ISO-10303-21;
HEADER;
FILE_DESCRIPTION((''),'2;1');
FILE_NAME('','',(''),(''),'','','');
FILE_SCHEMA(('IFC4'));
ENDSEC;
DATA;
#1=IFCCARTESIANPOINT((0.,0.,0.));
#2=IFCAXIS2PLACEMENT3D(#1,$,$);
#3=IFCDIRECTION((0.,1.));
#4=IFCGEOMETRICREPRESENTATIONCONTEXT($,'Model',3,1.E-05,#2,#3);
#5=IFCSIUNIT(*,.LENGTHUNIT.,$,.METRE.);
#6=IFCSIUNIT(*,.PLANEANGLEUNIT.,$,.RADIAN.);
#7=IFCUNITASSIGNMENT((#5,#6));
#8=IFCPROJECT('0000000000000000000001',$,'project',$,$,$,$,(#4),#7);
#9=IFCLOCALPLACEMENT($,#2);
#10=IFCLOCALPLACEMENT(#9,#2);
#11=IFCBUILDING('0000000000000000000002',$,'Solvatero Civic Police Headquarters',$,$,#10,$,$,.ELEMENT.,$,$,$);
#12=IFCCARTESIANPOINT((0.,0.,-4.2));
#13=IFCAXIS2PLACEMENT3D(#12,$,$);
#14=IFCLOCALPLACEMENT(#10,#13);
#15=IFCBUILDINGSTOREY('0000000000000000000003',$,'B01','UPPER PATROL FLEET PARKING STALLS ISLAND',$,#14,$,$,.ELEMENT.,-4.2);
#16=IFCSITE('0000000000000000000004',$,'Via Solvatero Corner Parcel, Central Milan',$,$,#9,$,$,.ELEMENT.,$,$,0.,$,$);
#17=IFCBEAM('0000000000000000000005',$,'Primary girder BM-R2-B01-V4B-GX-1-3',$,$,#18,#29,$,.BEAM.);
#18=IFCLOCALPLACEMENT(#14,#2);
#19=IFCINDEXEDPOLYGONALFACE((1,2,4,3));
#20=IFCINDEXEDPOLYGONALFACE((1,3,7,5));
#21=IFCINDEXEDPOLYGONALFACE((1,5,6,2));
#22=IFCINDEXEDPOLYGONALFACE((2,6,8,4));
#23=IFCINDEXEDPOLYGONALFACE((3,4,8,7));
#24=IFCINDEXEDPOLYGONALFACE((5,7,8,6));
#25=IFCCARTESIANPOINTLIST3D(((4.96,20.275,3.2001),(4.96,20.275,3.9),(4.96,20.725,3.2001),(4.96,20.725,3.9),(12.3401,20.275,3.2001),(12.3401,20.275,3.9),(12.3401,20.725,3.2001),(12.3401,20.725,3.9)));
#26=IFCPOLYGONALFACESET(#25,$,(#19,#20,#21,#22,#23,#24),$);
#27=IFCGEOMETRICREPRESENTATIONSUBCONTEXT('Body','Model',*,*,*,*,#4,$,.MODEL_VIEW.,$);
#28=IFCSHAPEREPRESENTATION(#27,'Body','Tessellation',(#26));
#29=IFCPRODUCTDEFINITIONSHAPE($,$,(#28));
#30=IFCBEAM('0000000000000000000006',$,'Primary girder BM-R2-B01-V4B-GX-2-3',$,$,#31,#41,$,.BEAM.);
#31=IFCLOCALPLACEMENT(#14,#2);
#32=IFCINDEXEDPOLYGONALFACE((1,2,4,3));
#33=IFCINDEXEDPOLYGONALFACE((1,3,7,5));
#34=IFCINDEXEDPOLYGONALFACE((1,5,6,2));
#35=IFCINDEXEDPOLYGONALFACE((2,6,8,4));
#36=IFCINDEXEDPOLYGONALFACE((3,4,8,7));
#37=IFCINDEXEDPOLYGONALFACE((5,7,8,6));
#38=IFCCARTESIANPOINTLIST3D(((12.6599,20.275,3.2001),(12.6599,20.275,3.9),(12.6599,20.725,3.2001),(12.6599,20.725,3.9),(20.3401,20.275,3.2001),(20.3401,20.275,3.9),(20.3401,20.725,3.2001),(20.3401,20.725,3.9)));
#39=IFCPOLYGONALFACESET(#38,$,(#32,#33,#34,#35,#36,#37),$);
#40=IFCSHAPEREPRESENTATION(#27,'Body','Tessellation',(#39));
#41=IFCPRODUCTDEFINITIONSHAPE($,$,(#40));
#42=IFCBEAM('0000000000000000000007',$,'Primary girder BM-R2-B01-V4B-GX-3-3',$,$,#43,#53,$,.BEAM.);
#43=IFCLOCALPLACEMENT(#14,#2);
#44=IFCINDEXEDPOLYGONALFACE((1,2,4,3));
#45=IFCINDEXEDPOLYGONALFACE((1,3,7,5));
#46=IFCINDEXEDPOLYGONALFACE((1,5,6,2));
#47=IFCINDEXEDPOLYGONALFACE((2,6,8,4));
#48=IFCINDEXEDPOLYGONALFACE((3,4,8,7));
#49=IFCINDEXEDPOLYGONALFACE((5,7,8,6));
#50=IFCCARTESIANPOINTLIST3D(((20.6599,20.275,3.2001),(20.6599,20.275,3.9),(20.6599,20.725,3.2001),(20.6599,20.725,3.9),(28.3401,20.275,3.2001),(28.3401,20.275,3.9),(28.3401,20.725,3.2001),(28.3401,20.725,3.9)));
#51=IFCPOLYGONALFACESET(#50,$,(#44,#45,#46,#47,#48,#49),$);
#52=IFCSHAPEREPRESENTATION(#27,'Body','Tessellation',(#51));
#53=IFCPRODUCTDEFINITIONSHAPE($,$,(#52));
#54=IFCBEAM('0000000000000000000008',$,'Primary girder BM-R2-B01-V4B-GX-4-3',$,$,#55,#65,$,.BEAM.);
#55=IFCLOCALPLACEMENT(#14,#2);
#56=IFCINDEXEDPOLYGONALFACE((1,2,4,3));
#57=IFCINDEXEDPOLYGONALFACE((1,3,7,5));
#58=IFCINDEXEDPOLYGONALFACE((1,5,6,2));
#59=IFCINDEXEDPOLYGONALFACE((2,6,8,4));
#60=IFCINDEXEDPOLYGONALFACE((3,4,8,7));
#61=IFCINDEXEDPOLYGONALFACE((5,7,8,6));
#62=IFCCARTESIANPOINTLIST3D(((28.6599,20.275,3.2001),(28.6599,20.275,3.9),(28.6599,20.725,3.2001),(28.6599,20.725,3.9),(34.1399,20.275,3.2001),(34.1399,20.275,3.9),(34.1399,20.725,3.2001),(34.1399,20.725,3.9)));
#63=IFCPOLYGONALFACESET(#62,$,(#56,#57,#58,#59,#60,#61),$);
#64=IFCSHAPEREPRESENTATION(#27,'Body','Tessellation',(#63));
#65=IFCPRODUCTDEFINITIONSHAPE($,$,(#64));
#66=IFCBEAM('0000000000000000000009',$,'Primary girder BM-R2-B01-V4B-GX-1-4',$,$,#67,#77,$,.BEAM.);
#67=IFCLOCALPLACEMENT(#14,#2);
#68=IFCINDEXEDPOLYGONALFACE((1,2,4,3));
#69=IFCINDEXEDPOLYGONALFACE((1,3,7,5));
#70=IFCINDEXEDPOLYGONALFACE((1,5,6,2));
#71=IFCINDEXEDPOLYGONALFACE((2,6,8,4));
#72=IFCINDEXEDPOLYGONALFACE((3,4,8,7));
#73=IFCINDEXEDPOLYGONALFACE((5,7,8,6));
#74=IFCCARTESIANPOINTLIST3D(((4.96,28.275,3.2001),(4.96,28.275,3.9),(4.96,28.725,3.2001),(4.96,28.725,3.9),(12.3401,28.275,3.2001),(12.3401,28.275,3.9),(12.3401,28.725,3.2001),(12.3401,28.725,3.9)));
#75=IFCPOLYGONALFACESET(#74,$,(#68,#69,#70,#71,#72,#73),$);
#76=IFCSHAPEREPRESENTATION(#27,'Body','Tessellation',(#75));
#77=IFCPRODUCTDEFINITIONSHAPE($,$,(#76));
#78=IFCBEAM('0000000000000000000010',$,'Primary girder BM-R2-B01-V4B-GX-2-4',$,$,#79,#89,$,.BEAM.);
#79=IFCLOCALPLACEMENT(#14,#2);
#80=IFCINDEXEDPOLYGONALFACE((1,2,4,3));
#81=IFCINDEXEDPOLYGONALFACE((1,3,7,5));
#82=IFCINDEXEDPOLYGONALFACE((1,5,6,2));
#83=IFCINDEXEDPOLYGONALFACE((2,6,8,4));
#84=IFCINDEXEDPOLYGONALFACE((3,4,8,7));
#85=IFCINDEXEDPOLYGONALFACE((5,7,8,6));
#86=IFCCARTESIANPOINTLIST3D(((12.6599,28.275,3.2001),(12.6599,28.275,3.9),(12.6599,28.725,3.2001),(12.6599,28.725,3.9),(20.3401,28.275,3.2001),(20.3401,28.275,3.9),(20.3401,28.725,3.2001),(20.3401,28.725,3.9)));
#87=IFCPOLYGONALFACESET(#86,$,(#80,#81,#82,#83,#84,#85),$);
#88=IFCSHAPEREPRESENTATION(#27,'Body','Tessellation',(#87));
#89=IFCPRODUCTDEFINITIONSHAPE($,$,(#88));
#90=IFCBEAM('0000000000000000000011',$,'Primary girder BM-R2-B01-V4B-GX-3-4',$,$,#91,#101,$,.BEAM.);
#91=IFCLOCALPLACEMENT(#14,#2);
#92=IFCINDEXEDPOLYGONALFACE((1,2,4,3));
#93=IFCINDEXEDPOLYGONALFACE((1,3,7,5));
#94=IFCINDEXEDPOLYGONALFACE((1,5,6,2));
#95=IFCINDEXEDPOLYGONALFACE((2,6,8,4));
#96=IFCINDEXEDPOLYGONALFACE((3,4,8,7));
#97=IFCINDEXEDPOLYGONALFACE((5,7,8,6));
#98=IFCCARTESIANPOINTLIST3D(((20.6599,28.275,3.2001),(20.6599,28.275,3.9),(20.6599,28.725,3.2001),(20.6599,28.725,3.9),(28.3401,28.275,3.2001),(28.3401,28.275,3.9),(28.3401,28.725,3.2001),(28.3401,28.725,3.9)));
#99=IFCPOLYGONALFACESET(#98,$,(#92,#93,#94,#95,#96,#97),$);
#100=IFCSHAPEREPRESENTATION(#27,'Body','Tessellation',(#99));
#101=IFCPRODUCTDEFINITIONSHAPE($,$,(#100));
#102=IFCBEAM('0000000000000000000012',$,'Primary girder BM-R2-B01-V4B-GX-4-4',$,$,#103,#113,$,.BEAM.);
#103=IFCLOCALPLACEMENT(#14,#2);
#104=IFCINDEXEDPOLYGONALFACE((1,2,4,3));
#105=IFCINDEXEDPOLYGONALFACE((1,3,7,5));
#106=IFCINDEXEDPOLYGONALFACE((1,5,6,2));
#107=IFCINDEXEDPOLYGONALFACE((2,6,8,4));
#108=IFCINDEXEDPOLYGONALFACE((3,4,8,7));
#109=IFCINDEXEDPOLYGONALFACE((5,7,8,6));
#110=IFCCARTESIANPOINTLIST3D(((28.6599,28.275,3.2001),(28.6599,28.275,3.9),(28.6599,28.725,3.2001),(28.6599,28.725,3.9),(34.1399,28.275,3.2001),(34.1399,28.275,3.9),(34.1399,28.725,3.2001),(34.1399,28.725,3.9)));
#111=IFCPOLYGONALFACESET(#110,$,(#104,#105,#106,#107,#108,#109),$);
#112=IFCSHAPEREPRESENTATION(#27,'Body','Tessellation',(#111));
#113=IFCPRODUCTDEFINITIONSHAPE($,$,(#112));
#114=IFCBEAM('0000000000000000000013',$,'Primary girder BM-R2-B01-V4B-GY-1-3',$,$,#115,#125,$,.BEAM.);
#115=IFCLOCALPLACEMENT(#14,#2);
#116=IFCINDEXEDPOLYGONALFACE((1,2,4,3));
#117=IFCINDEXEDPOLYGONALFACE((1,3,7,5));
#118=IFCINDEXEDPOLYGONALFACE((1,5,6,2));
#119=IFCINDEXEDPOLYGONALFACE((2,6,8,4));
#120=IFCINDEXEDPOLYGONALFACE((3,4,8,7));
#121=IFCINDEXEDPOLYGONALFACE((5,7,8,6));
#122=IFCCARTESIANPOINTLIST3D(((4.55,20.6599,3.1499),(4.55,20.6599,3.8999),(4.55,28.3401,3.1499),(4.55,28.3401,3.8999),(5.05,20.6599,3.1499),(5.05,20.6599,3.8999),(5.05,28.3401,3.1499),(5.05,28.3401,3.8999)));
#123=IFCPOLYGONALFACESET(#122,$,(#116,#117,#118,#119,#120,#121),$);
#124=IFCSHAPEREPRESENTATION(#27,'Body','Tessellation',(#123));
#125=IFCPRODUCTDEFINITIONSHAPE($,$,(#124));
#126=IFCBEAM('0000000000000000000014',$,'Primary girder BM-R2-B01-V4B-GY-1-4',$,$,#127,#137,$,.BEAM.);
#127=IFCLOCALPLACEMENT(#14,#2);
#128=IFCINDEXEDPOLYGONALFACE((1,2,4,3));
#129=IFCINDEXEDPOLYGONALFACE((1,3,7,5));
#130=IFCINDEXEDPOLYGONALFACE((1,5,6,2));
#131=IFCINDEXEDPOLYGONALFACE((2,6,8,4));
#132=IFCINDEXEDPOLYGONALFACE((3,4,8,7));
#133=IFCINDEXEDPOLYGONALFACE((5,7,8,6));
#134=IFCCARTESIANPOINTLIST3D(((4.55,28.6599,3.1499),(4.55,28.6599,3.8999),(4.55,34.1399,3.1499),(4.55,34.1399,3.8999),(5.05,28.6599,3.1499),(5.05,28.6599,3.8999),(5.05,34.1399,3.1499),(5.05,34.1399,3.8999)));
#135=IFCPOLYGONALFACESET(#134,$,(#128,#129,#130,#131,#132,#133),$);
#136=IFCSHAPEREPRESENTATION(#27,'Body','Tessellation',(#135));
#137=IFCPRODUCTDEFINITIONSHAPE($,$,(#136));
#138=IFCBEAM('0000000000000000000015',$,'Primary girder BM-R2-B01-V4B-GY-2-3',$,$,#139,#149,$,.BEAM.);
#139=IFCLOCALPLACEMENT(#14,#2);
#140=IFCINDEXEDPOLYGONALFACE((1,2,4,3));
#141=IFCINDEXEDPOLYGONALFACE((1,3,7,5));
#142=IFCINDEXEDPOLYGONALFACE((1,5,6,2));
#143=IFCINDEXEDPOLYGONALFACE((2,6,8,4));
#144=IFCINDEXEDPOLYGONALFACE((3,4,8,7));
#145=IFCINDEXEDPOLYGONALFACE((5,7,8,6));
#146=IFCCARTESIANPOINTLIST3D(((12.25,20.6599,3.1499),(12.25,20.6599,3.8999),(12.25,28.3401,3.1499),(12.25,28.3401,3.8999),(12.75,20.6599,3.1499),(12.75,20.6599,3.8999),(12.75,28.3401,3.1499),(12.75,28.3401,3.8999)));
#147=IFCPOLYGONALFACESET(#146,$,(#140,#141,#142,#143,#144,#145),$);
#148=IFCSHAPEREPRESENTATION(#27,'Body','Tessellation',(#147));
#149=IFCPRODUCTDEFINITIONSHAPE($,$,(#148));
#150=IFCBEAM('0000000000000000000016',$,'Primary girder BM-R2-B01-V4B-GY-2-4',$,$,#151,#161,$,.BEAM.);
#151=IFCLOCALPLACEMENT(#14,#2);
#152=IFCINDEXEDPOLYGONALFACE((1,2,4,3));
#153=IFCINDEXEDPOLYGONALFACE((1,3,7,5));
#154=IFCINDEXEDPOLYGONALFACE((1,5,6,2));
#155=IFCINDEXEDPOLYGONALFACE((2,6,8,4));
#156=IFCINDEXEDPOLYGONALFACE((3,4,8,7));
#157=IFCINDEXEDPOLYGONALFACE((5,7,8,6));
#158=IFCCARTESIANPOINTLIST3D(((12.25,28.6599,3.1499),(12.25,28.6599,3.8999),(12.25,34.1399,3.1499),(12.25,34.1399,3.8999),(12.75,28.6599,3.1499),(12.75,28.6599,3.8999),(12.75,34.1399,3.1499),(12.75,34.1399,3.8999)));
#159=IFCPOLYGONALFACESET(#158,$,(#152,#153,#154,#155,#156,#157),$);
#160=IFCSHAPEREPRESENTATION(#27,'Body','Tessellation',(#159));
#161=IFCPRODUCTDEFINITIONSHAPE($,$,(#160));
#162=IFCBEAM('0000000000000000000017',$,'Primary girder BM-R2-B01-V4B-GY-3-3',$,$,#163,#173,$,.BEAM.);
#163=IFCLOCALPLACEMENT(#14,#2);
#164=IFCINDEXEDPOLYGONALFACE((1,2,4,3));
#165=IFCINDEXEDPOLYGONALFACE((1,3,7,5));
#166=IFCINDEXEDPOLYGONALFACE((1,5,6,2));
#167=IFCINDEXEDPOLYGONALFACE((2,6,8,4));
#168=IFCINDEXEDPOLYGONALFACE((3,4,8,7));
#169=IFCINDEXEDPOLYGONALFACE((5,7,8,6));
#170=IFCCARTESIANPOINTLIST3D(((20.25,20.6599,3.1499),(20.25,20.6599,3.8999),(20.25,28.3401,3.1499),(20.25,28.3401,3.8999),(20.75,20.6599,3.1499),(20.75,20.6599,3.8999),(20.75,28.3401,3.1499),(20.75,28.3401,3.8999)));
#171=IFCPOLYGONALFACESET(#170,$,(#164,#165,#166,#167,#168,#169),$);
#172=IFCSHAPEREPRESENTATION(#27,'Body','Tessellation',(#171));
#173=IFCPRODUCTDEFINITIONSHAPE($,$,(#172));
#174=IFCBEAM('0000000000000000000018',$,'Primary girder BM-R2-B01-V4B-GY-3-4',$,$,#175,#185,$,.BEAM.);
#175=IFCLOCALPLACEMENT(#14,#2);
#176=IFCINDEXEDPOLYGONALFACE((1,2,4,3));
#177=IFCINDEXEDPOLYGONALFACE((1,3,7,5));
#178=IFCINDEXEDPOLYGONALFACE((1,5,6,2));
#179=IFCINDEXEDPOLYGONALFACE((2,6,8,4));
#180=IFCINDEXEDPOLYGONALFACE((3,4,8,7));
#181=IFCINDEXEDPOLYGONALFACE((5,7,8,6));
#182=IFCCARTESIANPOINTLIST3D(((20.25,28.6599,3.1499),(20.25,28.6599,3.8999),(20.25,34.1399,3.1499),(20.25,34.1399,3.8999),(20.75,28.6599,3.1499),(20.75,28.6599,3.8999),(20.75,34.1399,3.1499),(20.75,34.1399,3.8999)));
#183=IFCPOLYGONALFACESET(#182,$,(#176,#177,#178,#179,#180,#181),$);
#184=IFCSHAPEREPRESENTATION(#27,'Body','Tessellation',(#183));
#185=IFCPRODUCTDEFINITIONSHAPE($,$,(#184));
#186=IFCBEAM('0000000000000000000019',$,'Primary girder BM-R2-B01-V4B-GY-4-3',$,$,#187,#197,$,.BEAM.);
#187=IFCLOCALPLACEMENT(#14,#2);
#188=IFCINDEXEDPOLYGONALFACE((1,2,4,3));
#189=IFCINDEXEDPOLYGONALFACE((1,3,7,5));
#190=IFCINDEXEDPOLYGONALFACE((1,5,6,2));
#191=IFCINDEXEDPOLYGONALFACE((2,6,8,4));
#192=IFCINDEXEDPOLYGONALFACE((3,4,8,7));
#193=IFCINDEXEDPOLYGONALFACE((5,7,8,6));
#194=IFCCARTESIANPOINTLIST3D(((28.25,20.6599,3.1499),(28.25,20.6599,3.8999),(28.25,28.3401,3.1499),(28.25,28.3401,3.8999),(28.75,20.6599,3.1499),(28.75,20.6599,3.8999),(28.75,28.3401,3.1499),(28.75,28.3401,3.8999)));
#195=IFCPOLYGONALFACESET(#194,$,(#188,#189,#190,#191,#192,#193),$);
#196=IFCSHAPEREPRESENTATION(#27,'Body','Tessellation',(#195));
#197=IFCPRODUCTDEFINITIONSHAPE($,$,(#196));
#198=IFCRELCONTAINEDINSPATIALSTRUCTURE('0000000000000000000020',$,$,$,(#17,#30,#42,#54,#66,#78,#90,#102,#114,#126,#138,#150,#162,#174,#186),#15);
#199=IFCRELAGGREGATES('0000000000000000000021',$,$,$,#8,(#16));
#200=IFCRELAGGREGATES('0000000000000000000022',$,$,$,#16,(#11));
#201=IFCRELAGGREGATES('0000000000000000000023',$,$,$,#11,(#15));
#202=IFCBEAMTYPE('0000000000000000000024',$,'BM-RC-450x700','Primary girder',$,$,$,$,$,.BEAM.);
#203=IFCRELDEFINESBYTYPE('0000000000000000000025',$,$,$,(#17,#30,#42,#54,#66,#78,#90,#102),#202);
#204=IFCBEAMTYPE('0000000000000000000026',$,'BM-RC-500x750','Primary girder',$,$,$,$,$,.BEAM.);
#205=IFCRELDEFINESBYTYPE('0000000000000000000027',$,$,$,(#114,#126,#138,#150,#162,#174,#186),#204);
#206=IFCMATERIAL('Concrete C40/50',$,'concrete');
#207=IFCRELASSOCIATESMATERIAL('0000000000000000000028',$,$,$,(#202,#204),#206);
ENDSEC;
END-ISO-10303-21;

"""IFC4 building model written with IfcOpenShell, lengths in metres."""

from ifc_helpers import new_model, si_unit, direction, frame, origin, origin_2d, place, context, subcontext, project, spatial, rectangle, extrude, material, material_profile, profile_set, type_object, element, save


model = new_model("IFC4")

# Units and contexts
model_context = context("Model", 3, precision=1e-05, world=origin(), true_north=direction((0.0, 1.0)))
body_context = subcontext(model_context, "Body", "Model", "MODEL_VIEW")
ifc_project = project(units=[si_unit("LENGTHUNIT", "METRE"), si_unit("PLANEANGLEUNIT", "RADIAN")], contexts=[model_context])

# Site, building, storey
site_placement = place(None, origin())
site = spatial("IfcSite", under=ifc_project, at=site_placement, Name="Via Solvatero Corner Parcel, Central Milan", CompositionType="ELEMENT", RefElevation=0.0)
building_placement = place(site_placement, origin())
building = spatial("IfcBuilding", under=site, at=building_placement, Name="Solvatero Civic Police Headquarters", CompositionType="ELEMENT")
storey_placement = place(building_placement, frame((0.0, 0.0, -4.2)))
storey = spatial("IfcBuildingStorey", under=building, at=storey_placement, Name="B01", Description="UPPER PATROL FLEET PARKING STALLS ISLAND", CompositionType="ELEMENT", Elevation=-4.2)

# Shared definitions
ifc_material = material(Name="Concrete C40/50", Category="concrete")

# Beams
ifc_material_profile_1 = material_profile(ifc_material, rectangle(XDim=0.45, YDim=0.7, at=origin_2d()), Name="RC 450x700")
ifc_profile_set_1 = profile_set([ifc_material_profile_1], Name="Concrete C40/50")
beam_type_1 = type_object("IfcBeamType", Name="BM-RC-450x700", Description="Primary girder", PredefinedType="BEAM", material=ifc_profile_set_1)
beam_1_placement = place(storey_placement, frame((4.96, 20.5, 3.55), z_axis=(1.0, 0.0, 0.0), x_axis=(0.0, 1.0, 0.0)))
element("IfcBeam", 1, at=beam_1_placement, inside=storey, type_object=beam_type_1, Name="Primary girder BM-R2-B01-V4B-GX-1-3", PredefinedType="BEAM", context=body_context, shape_type="SweptSolid", body=[
    extrude(rectangle(XDim=0.45, YDim=0.7, at=origin_2d()), origin(), (0.0, 0.0, 1.0), 7.3801),
])
for number, where, z_axis, x_axis, name in (
    (2, (12.6599, 20.5, 3.55), (1.0, 0.0, 0.0), (0.0, 1.0, 0.0), "Primary girder BM-R2-B01-V4B-GX-2-3"),
    (3, (20.6599, 20.5, 3.55), (1.0, 0.0, 0.0), (0.0, 1.0, 0.0), "Primary girder BM-R2-B01-V4B-GX-3-3"),
):
    element("IfcBeam", number, at=place(storey_placement, frame(where, z_axis=z_axis, x_axis=x_axis)), inside=storey, type_object=beam_type_1, Name=name, PredefinedType="BEAM", context=body_context, shape_type="SweptSolid", body=[
        extrude(rectangle(XDim=0.45, YDim=0.7, at=origin_2d()), origin(), (0.0, 0.0, 1.0), 7.6802),
    ])
beam_2_placement = place(storey_placement, frame((28.6599, 20.5, 3.55), z_axis=(1.0, 0.0, 0.0), x_axis=(0.0, 1.0, 0.0)))
element("IfcBeam", 4, at=beam_2_placement, inside=storey, type_object=beam_type_1, Name="Primary girder BM-R2-B01-V4B-GX-4-3", PredefinedType="BEAM", context=body_context, shape_type="SweptSolid", body=[
    extrude(rectangle(XDim=0.45, YDim=0.7, at=origin_2d()), origin(), (0.0, 0.0, 1.0), 5.48),
])
beam_3_placement = place(storey_placement, frame((4.96, 28.5, 3.55), z_axis=(1.0, 0.0, 0.0), x_axis=(0.0, 1.0, 0.0)))
element("IfcBeam", 5, at=beam_3_placement, inside=storey, type_object=beam_type_1, Name="Primary girder BM-R2-B01-V4B-GX-1-4", PredefinedType="BEAM", context=body_context, shape_type="SweptSolid", body=[
    extrude(rectangle(XDim=0.45, YDim=0.7, at=origin_2d()), origin(), (0.0, 0.0, 1.0), 7.3801),
])
for number, where, z_axis, x_axis, name in (
    (6, (12.6599, 28.5, 3.55), (1.0, 0.0, 0.0), (0.0, 1.0, 0.0), "Primary girder BM-R2-B01-V4B-GX-2-4"),
    (7, (20.6599, 28.5, 3.55), (1.0, 0.0, 0.0), (0.0, 1.0, 0.0), "Primary girder BM-R2-B01-V4B-GX-3-4"),
):
    element("IfcBeam", number, at=place(storey_placement, frame(where, z_axis=z_axis, x_axis=x_axis)), inside=storey, type_object=beam_type_1, Name=name, PredefinedType="BEAM", context=body_context, shape_type="SweptSolid", body=[
        extrude(rectangle(XDim=0.45, YDim=0.7, at=origin_2d()), origin(), (0.0, 0.0, 1.0), 7.6802),
    ])
beam_4_placement = place(storey_placement, frame((28.6599, 28.5, 3.55), z_axis=(1.0, 0.0, 0.0), x_axis=(0.0, 1.0, 0.0)))
element("IfcBeam", 8, at=beam_4_placement, inside=storey, type_object=beam_type_1, Name="Primary girder BM-R2-B01-V4B-GX-4-4", PredefinedType="BEAM", context=body_context, shape_type="SweptSolid", body=[
    extrude(rectangle(XDim=0.45, YDim=0.7, at=origin_2d()), origin(), (0.0, 0.0, 1.0), 5.48),
])
ifc_material_profile_2 = material_profile(ifc_material, rectangle(XDim=0.5, YDim=0.75, at=origin_2d()), Name="RC 500x750")
ifc_profile_set_2 = profile_set([ifc_material_profile_2], Name="Concrete C40/50")
beam_type_2 = type_object("IfcBeamType", Name="BM-RC-500x750", Description="Primary girder", PredefinedType="BEAM", material=ifc_profile_set_2)
beam_5_placement = place(storey_placement, frame((4.8, 20.6599, 3.5249), z_axis=(0.0, 1.0, 0.0), x_axis=(-1.0, 0.0, 0.0)))
element("IfcBeam", 9, at=beam_5_placement, inside=storey, type_object=beam_type_2, Name="Primary girder BM-R2-B01-V4B-GY-1-3", PredefinedType="BEAM", context=body_context, shape_type="SweptSolid", body=[
    extrude(rectangle(XDim=0.5, YDim=0.75, at=origin_2d()), origin(), (0.0, 0.0, 1.0), 7.6802),
])
beam_6_placement = place(storey_placement, frame((4.8, 28.6599, 3.5249), z_axis=(0.0, 1.0, 0.0), x_axis=(-1.0, 0.0, 0.0)))
element("IfcBeam", 10, at=beam_6_placement, inside=storey, type_object=beam_type_2, Name="Primary girder BM-R2-B01-V4B-GY-1-4", PredefinedType="BEAM", context=body_context, shape_type="SweptSolid", body=[
    extrude(rectangle(XDim=0.5, YDim=0.75, at=origin_2d()), origin(), (0.0, 0.0, 1.0), 5.48),
])
beam_7_placement = place(storey_placement, frame((12.5, 20.6599, 3.5249), z_axis=(0.0, 1.0, 0.0), x_axis=(-1.0, 0.0, 0.0)))
element("IfcBeam", 11, at=beam_7_placement, inside=storey, type_object=beam_type_2, Name="Primary girder BM-R2-B01-V4B-GY-2-3", PredefinedType="BEAM", context=body_context, shape_type="SweptSolid", body=[
    extrude(rectangle(XDim=0.5, YDim=0.75, at=origin_2d()), origin(), (0.0, 0.0, 1.0), 7.6802),
])
beam_8_placement = place(storey_placement, frame((12.5, 28.6599, 3.5249), z_axis=(0.0, 1.0, 0.0), x_axis=(-1.0, 0.0, 0.0)))
element("IfcBeam", 12, at=beam_8_placement, inside=storey, type_object=beam_type_2, Name="Primary girder BM-R2-B01-V4B-GY-2-4", PredefinedType="BEAM", context=body_context, shape_type="SweptSolid", body=[
    extrude(rectangle(XDim=0.5, YDim=0.75, at=origin_2d()), origin(), (0.0, 0.0, 1.0), 5.48),
])
beam_9_placement = place(storey_placement, frame((20.5, 20.6599, 3.5249), z_axis=(0.0, 1.0, 0.0), x_axis=(-1.0, 0.0, 0.0)))
element("IfcBeam", 13, at=beam_9_placement, inside=storey, type_object=beam_type_2, Name="Primary girder BM-R2-B01-V4B-GY-3-3", PredefinedType="BEAM", context=body_context, shape_type="SweptSolid", body=[
    extrude(rectangle(XDim=0.5, YDim=0.75, at=origin_2d()), origin(), (0.0, 0.0, 1.0), 7.6802),
])
beam_10_placement = place(storey_placement, frame((20.5, 28.6599, 3.5249), z_axis=(0.0, 1.0, 0.0), x_axis=(-1.0, 0.0, 0.0)))
element("IfcBeam", 14, at=beam_10_placement, inside=storey, type_object=beam_type_2, Name="Primary girder BM-R2-B01-V4B-GY-3-4", PredefinedType="BEAM", context=body_context, shape_type="SweptSolid", body=[
    extrude(rectangle(XDim=0.5, YDim=0.75, at=origin_2d()), origin(), (0.0, 0.0, 1.0), 5.48),
])
beam_11_placement = place(storey_placement, frame((28.5, 20.6599, 3.5249), z_axis=(0.0, 1.0, 0.0), x_axis=(-1.0, 0.0, 0.0)))
element("IfcBeam", 15, at=beam_11_placement, inside=storey, type_object=beam_type_2, Name="Primary girder BM-R2-B01-V4B-GY-4-3", PredefinedType="BEAM", context=body_context, shape_type="SweptSolid", body=[
    extrude(rectangle(XDim=0.5, YDim=0.75, at=origin_2d()), origin(), (0.0, 0.0, 1.0), 7.6802),
])

save(model, "model.ifc")
